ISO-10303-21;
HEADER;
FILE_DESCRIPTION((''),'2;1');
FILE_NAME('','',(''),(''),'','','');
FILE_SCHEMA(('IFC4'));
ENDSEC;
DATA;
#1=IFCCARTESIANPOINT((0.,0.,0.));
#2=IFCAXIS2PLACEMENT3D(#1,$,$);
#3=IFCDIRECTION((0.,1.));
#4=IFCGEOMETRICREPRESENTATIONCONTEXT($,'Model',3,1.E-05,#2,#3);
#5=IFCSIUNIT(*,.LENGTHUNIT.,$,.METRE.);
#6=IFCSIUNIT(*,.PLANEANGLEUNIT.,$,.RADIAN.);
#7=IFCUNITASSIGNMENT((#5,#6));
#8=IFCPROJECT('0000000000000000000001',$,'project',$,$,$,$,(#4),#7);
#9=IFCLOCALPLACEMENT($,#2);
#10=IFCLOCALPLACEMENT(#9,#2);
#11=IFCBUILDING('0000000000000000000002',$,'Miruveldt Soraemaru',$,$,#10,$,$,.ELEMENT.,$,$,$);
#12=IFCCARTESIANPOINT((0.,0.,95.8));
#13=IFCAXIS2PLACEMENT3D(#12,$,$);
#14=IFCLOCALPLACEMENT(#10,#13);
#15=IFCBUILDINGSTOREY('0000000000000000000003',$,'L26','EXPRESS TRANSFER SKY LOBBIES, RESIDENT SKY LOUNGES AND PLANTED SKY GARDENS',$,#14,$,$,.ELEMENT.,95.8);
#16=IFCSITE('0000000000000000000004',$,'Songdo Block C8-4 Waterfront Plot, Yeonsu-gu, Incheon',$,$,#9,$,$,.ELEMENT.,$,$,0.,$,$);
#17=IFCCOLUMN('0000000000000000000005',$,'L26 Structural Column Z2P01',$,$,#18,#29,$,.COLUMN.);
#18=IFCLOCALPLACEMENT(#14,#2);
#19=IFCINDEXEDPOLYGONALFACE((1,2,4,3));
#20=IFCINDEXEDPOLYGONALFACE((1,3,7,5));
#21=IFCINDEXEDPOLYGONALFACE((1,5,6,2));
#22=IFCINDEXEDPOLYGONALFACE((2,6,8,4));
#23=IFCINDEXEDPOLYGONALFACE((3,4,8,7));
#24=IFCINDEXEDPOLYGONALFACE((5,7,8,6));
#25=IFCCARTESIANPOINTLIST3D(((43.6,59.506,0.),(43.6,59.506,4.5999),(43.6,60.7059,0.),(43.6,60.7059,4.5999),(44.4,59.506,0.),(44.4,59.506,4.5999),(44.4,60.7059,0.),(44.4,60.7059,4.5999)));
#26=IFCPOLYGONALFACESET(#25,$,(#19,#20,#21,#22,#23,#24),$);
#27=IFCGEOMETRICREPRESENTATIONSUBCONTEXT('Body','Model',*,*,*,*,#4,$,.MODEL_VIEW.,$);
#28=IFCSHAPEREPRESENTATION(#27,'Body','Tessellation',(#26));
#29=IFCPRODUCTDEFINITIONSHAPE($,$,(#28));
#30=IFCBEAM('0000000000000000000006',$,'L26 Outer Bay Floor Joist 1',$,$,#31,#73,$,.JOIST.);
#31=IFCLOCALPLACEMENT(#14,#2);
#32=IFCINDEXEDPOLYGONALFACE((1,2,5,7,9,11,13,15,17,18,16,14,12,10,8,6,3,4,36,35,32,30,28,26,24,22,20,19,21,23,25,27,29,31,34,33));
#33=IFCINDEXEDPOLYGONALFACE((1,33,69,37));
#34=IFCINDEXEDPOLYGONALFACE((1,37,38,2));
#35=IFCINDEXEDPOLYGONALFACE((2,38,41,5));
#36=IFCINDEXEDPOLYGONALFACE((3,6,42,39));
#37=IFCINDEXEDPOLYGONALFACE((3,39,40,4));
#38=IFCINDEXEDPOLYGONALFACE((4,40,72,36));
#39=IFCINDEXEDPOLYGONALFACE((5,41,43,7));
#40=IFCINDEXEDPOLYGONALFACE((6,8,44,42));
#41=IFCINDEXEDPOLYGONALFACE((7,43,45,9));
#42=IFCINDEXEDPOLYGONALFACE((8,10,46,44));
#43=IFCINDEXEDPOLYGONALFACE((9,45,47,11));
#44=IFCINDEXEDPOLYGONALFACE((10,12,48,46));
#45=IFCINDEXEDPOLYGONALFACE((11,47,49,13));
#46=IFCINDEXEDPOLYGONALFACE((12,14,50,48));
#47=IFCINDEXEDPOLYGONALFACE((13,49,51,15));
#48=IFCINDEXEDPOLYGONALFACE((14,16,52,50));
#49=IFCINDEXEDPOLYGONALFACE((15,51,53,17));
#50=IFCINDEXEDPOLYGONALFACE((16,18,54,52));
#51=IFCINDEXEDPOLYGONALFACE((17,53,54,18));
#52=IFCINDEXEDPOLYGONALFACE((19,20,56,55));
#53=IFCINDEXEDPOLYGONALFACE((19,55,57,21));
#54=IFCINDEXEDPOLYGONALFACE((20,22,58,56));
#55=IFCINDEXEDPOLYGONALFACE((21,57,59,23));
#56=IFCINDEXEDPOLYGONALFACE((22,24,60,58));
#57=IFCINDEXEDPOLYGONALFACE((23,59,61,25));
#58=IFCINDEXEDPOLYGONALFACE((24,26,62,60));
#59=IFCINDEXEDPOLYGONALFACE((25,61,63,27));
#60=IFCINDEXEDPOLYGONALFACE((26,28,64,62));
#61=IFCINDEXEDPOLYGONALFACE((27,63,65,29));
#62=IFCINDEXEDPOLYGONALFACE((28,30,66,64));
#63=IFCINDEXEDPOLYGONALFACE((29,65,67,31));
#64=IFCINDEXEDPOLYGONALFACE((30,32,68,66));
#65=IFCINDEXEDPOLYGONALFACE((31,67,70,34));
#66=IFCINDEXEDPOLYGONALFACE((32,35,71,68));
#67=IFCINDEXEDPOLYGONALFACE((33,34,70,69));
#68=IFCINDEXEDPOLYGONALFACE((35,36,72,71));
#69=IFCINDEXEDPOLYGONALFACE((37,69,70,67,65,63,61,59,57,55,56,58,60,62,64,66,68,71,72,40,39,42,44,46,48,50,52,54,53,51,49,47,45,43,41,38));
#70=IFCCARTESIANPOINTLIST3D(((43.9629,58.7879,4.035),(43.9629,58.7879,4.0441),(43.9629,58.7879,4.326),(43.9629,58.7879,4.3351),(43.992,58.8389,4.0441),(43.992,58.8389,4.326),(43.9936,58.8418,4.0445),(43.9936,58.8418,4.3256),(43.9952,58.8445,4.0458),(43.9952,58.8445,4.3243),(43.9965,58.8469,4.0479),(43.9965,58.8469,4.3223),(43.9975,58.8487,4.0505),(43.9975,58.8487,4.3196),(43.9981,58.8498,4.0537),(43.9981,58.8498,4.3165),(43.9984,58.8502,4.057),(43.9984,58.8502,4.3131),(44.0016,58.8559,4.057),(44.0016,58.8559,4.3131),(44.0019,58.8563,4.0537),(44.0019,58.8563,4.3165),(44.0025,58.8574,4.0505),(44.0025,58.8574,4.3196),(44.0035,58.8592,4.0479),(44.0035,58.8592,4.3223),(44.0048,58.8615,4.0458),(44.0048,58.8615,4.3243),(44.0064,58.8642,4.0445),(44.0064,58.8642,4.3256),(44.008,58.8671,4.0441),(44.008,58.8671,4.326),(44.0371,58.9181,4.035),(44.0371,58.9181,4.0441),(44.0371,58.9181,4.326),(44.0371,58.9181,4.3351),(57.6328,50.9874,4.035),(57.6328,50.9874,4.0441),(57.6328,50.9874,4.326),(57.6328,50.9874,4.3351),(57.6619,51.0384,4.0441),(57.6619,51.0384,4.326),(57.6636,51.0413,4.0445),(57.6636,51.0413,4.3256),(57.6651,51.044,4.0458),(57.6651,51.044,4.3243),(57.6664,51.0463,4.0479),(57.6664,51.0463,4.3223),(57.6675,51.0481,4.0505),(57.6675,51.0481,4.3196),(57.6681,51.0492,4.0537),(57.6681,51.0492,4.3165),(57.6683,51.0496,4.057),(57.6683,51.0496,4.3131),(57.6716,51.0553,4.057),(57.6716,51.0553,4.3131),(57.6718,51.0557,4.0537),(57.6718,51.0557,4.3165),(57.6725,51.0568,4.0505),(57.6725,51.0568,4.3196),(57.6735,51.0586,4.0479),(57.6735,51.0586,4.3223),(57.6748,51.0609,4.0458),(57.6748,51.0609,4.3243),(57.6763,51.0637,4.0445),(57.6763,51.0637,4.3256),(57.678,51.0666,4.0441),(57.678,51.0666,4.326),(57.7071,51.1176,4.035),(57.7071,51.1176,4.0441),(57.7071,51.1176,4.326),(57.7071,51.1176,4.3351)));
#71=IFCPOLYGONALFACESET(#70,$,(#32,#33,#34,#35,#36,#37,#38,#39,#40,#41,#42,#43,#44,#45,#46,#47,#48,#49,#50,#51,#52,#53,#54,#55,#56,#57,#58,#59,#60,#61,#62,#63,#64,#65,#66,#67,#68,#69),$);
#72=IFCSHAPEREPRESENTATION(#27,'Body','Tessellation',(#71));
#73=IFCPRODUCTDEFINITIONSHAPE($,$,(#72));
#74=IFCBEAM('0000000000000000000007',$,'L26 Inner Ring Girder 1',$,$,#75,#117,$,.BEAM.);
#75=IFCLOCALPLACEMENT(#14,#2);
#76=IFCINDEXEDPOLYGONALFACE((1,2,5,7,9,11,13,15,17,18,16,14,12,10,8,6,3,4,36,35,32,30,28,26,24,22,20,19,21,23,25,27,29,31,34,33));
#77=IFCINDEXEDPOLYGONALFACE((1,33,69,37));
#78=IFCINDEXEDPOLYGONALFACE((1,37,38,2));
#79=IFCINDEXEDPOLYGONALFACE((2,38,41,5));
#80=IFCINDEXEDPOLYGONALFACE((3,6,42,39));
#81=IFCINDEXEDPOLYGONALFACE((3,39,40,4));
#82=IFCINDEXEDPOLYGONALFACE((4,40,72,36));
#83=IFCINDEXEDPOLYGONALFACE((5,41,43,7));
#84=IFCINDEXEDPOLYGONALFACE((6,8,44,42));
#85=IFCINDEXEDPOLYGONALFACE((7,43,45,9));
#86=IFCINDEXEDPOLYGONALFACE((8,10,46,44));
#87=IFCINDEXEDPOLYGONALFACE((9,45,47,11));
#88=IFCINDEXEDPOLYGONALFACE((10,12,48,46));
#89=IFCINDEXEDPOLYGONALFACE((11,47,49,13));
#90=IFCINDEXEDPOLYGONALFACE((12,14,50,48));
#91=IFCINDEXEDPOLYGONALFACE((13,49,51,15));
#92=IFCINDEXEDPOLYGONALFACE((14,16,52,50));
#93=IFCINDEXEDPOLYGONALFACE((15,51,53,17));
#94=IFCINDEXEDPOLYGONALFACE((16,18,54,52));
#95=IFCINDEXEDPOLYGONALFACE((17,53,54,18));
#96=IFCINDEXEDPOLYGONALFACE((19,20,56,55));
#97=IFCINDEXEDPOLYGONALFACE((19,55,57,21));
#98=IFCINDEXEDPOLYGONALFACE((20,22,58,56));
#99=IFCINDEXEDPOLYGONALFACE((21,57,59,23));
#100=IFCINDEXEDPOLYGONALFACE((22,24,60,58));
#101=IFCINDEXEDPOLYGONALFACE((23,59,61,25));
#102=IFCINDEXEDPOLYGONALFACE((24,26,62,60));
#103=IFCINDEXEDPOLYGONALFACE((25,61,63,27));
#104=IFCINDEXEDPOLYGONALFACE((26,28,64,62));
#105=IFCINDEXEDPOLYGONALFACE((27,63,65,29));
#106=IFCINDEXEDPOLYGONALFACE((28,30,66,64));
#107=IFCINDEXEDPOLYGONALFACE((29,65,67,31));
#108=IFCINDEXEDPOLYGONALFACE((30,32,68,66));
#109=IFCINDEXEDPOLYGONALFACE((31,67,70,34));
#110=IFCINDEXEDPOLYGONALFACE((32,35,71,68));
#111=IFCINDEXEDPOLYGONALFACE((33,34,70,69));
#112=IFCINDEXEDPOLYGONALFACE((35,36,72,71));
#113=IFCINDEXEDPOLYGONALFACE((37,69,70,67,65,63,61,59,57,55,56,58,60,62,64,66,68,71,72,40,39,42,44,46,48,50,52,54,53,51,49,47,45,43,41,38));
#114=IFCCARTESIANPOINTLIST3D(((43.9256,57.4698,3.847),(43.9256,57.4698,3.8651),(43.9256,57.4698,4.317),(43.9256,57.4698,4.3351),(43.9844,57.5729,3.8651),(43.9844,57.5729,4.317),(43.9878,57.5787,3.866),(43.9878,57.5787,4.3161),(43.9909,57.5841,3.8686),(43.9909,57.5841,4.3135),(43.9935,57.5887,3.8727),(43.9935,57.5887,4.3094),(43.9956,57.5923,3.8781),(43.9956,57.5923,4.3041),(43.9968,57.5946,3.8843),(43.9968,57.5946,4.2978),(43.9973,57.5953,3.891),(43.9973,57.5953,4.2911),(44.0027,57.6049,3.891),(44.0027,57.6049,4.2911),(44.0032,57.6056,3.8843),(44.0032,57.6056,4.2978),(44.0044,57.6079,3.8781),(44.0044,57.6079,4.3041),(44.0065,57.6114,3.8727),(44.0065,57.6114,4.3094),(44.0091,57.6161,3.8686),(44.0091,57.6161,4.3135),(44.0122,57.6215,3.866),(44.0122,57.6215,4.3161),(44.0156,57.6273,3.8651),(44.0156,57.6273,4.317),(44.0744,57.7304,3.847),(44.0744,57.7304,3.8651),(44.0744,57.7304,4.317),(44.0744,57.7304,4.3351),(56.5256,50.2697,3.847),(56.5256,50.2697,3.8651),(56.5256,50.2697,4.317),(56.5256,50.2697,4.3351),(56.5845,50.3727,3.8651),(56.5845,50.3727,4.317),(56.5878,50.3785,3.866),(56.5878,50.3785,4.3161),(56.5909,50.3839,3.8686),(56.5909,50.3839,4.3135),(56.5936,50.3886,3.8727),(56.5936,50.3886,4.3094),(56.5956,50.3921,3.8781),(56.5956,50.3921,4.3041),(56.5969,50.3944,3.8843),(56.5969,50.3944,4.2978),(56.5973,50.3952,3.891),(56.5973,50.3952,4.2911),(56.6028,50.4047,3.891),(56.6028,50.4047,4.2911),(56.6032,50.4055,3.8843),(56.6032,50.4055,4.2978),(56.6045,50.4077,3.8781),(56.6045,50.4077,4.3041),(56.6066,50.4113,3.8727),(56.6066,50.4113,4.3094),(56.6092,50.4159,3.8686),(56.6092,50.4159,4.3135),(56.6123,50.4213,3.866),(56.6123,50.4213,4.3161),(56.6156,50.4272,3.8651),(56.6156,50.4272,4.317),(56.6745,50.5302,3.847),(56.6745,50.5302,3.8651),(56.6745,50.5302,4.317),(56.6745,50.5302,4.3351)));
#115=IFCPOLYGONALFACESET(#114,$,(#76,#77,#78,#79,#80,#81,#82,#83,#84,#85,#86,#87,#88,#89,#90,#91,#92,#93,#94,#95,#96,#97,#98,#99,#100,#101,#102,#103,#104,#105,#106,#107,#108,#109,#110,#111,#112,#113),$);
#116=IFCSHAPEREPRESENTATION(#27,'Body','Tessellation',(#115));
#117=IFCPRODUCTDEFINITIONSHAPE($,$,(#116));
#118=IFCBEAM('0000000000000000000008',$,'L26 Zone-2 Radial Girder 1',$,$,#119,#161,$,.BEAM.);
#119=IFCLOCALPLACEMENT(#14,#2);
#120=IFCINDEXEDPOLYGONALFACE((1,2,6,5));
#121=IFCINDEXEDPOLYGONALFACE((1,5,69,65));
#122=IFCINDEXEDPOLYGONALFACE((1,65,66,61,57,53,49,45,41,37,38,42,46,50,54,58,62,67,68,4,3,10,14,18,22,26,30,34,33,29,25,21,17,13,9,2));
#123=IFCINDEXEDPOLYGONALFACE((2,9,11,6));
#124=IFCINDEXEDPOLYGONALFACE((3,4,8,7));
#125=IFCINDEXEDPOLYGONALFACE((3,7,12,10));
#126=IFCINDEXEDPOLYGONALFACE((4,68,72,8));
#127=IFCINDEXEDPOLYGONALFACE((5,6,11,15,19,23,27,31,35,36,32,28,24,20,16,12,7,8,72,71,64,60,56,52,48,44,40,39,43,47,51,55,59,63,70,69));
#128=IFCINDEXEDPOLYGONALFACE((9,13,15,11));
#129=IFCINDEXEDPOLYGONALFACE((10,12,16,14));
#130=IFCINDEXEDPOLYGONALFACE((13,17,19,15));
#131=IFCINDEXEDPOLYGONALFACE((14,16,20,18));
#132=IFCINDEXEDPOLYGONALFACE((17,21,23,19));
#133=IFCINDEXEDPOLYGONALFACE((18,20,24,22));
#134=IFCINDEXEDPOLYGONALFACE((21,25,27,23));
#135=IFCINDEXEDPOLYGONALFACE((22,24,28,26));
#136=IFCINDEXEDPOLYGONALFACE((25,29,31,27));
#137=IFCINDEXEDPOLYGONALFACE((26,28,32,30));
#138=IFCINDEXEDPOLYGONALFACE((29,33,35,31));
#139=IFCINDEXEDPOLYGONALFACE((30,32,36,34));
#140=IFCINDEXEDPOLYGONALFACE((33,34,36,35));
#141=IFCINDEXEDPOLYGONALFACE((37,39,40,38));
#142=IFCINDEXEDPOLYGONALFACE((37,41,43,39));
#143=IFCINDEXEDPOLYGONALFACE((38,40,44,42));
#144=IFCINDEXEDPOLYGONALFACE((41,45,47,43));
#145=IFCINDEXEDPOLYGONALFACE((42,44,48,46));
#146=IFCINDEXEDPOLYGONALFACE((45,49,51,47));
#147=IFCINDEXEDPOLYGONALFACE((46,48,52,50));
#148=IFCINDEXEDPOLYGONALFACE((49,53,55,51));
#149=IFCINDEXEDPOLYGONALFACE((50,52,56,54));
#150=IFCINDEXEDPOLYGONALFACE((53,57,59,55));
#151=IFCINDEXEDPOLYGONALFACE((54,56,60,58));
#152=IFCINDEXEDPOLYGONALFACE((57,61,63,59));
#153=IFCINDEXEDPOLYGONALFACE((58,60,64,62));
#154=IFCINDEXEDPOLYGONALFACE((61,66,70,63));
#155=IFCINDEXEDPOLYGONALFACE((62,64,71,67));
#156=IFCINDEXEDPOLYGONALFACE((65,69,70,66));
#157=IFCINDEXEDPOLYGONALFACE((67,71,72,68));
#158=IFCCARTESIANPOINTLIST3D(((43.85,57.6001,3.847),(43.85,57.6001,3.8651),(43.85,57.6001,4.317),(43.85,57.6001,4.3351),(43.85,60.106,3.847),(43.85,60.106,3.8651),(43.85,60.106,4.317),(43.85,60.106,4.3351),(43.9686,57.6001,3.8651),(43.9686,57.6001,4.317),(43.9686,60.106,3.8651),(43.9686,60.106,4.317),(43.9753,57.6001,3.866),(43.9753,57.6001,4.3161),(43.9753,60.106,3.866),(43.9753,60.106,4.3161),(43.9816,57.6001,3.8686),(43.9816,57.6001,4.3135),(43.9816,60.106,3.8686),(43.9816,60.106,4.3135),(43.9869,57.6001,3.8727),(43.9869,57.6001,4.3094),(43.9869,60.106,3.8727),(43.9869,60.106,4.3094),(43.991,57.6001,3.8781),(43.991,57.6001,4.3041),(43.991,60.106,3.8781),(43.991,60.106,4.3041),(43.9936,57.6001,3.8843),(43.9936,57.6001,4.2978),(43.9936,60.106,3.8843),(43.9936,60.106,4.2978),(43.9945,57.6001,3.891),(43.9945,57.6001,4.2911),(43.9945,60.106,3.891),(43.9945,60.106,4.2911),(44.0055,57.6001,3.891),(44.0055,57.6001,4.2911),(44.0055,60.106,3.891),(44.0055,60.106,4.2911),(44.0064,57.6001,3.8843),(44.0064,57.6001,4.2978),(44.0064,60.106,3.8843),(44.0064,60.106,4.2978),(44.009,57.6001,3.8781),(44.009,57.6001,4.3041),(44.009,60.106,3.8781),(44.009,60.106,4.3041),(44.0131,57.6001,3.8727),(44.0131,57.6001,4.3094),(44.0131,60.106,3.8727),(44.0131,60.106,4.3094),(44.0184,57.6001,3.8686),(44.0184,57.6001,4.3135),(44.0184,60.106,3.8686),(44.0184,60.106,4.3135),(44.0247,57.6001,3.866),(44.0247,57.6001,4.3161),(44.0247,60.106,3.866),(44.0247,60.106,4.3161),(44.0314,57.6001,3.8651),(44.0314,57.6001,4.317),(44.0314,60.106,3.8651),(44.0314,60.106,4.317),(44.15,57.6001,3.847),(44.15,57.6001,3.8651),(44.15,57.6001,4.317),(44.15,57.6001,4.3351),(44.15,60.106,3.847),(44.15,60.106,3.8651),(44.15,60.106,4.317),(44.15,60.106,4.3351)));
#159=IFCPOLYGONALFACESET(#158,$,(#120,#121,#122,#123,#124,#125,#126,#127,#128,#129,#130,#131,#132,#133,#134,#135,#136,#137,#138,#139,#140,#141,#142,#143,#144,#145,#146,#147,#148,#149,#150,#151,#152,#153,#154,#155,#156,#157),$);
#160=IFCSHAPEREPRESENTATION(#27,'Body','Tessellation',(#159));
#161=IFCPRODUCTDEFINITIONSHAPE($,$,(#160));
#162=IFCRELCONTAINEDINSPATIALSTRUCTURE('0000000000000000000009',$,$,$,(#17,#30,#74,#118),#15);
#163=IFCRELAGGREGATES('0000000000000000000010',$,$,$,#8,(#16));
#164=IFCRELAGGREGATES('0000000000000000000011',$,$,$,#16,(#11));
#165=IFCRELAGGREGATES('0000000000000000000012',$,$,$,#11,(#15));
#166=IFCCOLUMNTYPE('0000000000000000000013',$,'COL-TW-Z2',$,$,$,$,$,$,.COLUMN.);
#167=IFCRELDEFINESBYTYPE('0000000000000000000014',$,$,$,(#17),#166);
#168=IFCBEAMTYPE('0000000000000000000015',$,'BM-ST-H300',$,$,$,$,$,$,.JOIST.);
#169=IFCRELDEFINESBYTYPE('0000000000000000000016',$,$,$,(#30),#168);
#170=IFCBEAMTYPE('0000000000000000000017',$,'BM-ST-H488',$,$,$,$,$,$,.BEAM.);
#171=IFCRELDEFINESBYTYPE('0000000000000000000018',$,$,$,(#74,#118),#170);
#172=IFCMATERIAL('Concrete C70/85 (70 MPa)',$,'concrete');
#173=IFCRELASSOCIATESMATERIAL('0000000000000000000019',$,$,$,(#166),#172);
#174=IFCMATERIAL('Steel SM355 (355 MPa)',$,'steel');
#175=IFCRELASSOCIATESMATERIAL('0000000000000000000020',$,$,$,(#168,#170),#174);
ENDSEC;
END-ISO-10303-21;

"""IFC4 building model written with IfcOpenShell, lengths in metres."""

from ifc_helpers import new_model, si_unit, direction, frame, origin, origin_2d, place, context, subcontext, project, spatial, rectangle, i_section, extrude, material, material_profile, profile_set, type_object, element, save


model = new_model("IFC4")

# Units and contexts
model_context = context("Model", 3, precision=1e-05, world=origin(), true_north=direction((0.0, 1.0)))
body_context = subcontext(model_context, "Body", "Model", "MODEL_VIEW")
ifc_project = project(units=[si_unit("LENGTHUNIT", "METRE"), si_unit("PLANEANGLEUNIT", "RADIAN")], contexts=[model_context])

# Site, building, storey
site_placement = place(None, origin())
site = spatial("IfcSite", under=ifc_project, at=site_placement, Name="Songdo Block C8-4 Waterfront Plot, Yeonsu-gu, Incheon", CompositionType="ELEMENT", RefElevation=0.0)
building_placement = place(site_placement, origin())
building = spatial("IfcBuilding", under=site, at=building_placement, Name="Miruveldt Soraemaru", CompositionType="ELEMENT")
storey_placement = place(building_placement, frame((0.0, 0.0, 95.8)))
storey = spatial("IfcBuildingStorey", under=building, at=storey_placement, Name="L26", Description="EXPRESS TRANSFER SKY LOBBIES, RESIDENT SKY LOUNGES AND PLANTED SKY GARDENS", CompositionType="ELEMENT", Elevation=95.8)

# Column
ifc_material_1 = material(Name="Concrete C70/85 (70 MPa)", Category="concrete")
ifc_material_profile_1 = material_profile(ifc_material_1, rectangle(XDim=1.2, YDim=0.8, at=origin_2d()), Name="Concrete C70/85 (70 MPa)", Category="concrete")
ifc_profile_set_1 = profile_set([ifc_material_profile_1], Name="Concrete C70/85 (70 MPa)")
column_type = type_object("IfcColumnType", Name="COL-TW-Z2", PredefinedType="COLUMN", material=ifc_profile_set_1)
column_placement = place(storey_placement, frame((44.0, 60.106, 0.0), z_axis=(0.0, 0.0, 1.0), x_axis=(0.0, 1.0, 0.0)))
element("IfcColumn", 1, at=column_placement, inside=storey, type_object=column_type, Name="L26 Structural Column Z2P01", PredefinedType="COLUMN", context=body_context, shape_type="SweptSolid", body=[
    extrude(rectangle(XDim=1.2, YDim=0.8, at=origin_2d()), origin(), (0.0, 0.0, 1.0), 4.5999),
])

# Beams
ifc_material_2 = material(Name="Steel SM355 (355 MPa)", Category="steel")
ifc_material_profile_2 = material_profile(ifc_material_2, i_section(OverallWidth=0.1499, OverallDepth=0.3, WebThickness=0.0066, FlangeThickness=0.009, FilletRadius=0.0129, at=origin_2d()), Name="Steel SM355 (355 MPa)", Category="steel")
ifc_profile_set_2 = profile_set([ifc_material_profile_2], Name="Steel SM355 (355 MPa)")
beam_type_1 = type_object("IfcBeamType", Name="BM-ST-H300", PredefinedType="JOIST", material=ifc_profile_set_2)
beam_1_placement = place(storey_placement, frame((44.0, 58.853, 4.1851), z_axis=(0.86854, -0.495619, 0.0), x_axis=(0.495619, 0.86854, 0.0)))
element("IfcBeam", 2, at=beam_1_placement, inside=storey, type_object=beam_type_1, Name="L26 Outer Bay Floor Joist 1", PredefinedType="JOIST", context=body_context, shape_type="SweptSolid", body=[
    extrude(i_section(OverallWidth=0.1499, OverallDepth=0.3, WebThickness=0.0066, FlangeThickness=0.009, FilletRadius=0.0129, at=origin_2d()), origin(), (0.0, 0.0, 1.0), 15.739),
])
ifc_material_profile_3 = material_profile(ifc_material_2, i_section(OverallWidth=0.3, OverallDepth=0.488, WebThickness=0.011, FlangeThickness=0.0181, FilletRadius=0.0259, at=origin_2d()), Name="Steel SM355 (355 MPa)", Category="steel")
ifc_profile_set_3 = profile_set([ifc_material_profile_3], Name="Steel SM355 (355 MPa)")
beam_type_2 = type_object("IfcBeamType", Name="BM-ST-H488", PredefinedType="BEAM", material=ifc_profile_set_3)
beam_2_placement = place(storey_placement, frame((44.0, 57.6001, 4.0911), z_axis=(0.868239, -0.496146, 0.0), x_axis=(0.496146, 0.868239, 0.0)))
element("IfcBeam", 3, at=beam_2_placement, inside=storey, type_object=beam_type_2, Name="L26 Inner Ring Girder 1", PredefinedType="BEAM", context=body_context, shape_type="SweptSolid", body=[
    extrude(i_section(OverallWidth=0.3, OverallDepth=0.488, WebThickness=0.011, FlangeThickness=0.0181, FilletRadius=0.0259, at=origin_2d()), origin(), (0.0, 0.0, 1.0), 14.5122),
])
beam_3_placement = place(storey_placement, frame((44.0, 57.6001, 4.0911), z_axis=(0.0, 1.0, 0.0), x_axis=(-1.0, 0.0, 0.0)))
element("IfcBeam", 4, at=beam_3_placement, inside=storey, type_object=beam_type_2, Name="L26 Zone-2 Radial Girder 1", PredefinedType="BEAM", context=body_context, shape_type="SweptSolid", body=[
    extrude(i_section(OverallWidth=0.3, OverallDepth=0.488, WebThickness=0.011, FlangeThickness=0.0181, FilletRadius=0.0259, at=origin_2d()), origin(), (0.0, 0.0, 1.0), 2.5059),
])

save(model, "model.ifc")
